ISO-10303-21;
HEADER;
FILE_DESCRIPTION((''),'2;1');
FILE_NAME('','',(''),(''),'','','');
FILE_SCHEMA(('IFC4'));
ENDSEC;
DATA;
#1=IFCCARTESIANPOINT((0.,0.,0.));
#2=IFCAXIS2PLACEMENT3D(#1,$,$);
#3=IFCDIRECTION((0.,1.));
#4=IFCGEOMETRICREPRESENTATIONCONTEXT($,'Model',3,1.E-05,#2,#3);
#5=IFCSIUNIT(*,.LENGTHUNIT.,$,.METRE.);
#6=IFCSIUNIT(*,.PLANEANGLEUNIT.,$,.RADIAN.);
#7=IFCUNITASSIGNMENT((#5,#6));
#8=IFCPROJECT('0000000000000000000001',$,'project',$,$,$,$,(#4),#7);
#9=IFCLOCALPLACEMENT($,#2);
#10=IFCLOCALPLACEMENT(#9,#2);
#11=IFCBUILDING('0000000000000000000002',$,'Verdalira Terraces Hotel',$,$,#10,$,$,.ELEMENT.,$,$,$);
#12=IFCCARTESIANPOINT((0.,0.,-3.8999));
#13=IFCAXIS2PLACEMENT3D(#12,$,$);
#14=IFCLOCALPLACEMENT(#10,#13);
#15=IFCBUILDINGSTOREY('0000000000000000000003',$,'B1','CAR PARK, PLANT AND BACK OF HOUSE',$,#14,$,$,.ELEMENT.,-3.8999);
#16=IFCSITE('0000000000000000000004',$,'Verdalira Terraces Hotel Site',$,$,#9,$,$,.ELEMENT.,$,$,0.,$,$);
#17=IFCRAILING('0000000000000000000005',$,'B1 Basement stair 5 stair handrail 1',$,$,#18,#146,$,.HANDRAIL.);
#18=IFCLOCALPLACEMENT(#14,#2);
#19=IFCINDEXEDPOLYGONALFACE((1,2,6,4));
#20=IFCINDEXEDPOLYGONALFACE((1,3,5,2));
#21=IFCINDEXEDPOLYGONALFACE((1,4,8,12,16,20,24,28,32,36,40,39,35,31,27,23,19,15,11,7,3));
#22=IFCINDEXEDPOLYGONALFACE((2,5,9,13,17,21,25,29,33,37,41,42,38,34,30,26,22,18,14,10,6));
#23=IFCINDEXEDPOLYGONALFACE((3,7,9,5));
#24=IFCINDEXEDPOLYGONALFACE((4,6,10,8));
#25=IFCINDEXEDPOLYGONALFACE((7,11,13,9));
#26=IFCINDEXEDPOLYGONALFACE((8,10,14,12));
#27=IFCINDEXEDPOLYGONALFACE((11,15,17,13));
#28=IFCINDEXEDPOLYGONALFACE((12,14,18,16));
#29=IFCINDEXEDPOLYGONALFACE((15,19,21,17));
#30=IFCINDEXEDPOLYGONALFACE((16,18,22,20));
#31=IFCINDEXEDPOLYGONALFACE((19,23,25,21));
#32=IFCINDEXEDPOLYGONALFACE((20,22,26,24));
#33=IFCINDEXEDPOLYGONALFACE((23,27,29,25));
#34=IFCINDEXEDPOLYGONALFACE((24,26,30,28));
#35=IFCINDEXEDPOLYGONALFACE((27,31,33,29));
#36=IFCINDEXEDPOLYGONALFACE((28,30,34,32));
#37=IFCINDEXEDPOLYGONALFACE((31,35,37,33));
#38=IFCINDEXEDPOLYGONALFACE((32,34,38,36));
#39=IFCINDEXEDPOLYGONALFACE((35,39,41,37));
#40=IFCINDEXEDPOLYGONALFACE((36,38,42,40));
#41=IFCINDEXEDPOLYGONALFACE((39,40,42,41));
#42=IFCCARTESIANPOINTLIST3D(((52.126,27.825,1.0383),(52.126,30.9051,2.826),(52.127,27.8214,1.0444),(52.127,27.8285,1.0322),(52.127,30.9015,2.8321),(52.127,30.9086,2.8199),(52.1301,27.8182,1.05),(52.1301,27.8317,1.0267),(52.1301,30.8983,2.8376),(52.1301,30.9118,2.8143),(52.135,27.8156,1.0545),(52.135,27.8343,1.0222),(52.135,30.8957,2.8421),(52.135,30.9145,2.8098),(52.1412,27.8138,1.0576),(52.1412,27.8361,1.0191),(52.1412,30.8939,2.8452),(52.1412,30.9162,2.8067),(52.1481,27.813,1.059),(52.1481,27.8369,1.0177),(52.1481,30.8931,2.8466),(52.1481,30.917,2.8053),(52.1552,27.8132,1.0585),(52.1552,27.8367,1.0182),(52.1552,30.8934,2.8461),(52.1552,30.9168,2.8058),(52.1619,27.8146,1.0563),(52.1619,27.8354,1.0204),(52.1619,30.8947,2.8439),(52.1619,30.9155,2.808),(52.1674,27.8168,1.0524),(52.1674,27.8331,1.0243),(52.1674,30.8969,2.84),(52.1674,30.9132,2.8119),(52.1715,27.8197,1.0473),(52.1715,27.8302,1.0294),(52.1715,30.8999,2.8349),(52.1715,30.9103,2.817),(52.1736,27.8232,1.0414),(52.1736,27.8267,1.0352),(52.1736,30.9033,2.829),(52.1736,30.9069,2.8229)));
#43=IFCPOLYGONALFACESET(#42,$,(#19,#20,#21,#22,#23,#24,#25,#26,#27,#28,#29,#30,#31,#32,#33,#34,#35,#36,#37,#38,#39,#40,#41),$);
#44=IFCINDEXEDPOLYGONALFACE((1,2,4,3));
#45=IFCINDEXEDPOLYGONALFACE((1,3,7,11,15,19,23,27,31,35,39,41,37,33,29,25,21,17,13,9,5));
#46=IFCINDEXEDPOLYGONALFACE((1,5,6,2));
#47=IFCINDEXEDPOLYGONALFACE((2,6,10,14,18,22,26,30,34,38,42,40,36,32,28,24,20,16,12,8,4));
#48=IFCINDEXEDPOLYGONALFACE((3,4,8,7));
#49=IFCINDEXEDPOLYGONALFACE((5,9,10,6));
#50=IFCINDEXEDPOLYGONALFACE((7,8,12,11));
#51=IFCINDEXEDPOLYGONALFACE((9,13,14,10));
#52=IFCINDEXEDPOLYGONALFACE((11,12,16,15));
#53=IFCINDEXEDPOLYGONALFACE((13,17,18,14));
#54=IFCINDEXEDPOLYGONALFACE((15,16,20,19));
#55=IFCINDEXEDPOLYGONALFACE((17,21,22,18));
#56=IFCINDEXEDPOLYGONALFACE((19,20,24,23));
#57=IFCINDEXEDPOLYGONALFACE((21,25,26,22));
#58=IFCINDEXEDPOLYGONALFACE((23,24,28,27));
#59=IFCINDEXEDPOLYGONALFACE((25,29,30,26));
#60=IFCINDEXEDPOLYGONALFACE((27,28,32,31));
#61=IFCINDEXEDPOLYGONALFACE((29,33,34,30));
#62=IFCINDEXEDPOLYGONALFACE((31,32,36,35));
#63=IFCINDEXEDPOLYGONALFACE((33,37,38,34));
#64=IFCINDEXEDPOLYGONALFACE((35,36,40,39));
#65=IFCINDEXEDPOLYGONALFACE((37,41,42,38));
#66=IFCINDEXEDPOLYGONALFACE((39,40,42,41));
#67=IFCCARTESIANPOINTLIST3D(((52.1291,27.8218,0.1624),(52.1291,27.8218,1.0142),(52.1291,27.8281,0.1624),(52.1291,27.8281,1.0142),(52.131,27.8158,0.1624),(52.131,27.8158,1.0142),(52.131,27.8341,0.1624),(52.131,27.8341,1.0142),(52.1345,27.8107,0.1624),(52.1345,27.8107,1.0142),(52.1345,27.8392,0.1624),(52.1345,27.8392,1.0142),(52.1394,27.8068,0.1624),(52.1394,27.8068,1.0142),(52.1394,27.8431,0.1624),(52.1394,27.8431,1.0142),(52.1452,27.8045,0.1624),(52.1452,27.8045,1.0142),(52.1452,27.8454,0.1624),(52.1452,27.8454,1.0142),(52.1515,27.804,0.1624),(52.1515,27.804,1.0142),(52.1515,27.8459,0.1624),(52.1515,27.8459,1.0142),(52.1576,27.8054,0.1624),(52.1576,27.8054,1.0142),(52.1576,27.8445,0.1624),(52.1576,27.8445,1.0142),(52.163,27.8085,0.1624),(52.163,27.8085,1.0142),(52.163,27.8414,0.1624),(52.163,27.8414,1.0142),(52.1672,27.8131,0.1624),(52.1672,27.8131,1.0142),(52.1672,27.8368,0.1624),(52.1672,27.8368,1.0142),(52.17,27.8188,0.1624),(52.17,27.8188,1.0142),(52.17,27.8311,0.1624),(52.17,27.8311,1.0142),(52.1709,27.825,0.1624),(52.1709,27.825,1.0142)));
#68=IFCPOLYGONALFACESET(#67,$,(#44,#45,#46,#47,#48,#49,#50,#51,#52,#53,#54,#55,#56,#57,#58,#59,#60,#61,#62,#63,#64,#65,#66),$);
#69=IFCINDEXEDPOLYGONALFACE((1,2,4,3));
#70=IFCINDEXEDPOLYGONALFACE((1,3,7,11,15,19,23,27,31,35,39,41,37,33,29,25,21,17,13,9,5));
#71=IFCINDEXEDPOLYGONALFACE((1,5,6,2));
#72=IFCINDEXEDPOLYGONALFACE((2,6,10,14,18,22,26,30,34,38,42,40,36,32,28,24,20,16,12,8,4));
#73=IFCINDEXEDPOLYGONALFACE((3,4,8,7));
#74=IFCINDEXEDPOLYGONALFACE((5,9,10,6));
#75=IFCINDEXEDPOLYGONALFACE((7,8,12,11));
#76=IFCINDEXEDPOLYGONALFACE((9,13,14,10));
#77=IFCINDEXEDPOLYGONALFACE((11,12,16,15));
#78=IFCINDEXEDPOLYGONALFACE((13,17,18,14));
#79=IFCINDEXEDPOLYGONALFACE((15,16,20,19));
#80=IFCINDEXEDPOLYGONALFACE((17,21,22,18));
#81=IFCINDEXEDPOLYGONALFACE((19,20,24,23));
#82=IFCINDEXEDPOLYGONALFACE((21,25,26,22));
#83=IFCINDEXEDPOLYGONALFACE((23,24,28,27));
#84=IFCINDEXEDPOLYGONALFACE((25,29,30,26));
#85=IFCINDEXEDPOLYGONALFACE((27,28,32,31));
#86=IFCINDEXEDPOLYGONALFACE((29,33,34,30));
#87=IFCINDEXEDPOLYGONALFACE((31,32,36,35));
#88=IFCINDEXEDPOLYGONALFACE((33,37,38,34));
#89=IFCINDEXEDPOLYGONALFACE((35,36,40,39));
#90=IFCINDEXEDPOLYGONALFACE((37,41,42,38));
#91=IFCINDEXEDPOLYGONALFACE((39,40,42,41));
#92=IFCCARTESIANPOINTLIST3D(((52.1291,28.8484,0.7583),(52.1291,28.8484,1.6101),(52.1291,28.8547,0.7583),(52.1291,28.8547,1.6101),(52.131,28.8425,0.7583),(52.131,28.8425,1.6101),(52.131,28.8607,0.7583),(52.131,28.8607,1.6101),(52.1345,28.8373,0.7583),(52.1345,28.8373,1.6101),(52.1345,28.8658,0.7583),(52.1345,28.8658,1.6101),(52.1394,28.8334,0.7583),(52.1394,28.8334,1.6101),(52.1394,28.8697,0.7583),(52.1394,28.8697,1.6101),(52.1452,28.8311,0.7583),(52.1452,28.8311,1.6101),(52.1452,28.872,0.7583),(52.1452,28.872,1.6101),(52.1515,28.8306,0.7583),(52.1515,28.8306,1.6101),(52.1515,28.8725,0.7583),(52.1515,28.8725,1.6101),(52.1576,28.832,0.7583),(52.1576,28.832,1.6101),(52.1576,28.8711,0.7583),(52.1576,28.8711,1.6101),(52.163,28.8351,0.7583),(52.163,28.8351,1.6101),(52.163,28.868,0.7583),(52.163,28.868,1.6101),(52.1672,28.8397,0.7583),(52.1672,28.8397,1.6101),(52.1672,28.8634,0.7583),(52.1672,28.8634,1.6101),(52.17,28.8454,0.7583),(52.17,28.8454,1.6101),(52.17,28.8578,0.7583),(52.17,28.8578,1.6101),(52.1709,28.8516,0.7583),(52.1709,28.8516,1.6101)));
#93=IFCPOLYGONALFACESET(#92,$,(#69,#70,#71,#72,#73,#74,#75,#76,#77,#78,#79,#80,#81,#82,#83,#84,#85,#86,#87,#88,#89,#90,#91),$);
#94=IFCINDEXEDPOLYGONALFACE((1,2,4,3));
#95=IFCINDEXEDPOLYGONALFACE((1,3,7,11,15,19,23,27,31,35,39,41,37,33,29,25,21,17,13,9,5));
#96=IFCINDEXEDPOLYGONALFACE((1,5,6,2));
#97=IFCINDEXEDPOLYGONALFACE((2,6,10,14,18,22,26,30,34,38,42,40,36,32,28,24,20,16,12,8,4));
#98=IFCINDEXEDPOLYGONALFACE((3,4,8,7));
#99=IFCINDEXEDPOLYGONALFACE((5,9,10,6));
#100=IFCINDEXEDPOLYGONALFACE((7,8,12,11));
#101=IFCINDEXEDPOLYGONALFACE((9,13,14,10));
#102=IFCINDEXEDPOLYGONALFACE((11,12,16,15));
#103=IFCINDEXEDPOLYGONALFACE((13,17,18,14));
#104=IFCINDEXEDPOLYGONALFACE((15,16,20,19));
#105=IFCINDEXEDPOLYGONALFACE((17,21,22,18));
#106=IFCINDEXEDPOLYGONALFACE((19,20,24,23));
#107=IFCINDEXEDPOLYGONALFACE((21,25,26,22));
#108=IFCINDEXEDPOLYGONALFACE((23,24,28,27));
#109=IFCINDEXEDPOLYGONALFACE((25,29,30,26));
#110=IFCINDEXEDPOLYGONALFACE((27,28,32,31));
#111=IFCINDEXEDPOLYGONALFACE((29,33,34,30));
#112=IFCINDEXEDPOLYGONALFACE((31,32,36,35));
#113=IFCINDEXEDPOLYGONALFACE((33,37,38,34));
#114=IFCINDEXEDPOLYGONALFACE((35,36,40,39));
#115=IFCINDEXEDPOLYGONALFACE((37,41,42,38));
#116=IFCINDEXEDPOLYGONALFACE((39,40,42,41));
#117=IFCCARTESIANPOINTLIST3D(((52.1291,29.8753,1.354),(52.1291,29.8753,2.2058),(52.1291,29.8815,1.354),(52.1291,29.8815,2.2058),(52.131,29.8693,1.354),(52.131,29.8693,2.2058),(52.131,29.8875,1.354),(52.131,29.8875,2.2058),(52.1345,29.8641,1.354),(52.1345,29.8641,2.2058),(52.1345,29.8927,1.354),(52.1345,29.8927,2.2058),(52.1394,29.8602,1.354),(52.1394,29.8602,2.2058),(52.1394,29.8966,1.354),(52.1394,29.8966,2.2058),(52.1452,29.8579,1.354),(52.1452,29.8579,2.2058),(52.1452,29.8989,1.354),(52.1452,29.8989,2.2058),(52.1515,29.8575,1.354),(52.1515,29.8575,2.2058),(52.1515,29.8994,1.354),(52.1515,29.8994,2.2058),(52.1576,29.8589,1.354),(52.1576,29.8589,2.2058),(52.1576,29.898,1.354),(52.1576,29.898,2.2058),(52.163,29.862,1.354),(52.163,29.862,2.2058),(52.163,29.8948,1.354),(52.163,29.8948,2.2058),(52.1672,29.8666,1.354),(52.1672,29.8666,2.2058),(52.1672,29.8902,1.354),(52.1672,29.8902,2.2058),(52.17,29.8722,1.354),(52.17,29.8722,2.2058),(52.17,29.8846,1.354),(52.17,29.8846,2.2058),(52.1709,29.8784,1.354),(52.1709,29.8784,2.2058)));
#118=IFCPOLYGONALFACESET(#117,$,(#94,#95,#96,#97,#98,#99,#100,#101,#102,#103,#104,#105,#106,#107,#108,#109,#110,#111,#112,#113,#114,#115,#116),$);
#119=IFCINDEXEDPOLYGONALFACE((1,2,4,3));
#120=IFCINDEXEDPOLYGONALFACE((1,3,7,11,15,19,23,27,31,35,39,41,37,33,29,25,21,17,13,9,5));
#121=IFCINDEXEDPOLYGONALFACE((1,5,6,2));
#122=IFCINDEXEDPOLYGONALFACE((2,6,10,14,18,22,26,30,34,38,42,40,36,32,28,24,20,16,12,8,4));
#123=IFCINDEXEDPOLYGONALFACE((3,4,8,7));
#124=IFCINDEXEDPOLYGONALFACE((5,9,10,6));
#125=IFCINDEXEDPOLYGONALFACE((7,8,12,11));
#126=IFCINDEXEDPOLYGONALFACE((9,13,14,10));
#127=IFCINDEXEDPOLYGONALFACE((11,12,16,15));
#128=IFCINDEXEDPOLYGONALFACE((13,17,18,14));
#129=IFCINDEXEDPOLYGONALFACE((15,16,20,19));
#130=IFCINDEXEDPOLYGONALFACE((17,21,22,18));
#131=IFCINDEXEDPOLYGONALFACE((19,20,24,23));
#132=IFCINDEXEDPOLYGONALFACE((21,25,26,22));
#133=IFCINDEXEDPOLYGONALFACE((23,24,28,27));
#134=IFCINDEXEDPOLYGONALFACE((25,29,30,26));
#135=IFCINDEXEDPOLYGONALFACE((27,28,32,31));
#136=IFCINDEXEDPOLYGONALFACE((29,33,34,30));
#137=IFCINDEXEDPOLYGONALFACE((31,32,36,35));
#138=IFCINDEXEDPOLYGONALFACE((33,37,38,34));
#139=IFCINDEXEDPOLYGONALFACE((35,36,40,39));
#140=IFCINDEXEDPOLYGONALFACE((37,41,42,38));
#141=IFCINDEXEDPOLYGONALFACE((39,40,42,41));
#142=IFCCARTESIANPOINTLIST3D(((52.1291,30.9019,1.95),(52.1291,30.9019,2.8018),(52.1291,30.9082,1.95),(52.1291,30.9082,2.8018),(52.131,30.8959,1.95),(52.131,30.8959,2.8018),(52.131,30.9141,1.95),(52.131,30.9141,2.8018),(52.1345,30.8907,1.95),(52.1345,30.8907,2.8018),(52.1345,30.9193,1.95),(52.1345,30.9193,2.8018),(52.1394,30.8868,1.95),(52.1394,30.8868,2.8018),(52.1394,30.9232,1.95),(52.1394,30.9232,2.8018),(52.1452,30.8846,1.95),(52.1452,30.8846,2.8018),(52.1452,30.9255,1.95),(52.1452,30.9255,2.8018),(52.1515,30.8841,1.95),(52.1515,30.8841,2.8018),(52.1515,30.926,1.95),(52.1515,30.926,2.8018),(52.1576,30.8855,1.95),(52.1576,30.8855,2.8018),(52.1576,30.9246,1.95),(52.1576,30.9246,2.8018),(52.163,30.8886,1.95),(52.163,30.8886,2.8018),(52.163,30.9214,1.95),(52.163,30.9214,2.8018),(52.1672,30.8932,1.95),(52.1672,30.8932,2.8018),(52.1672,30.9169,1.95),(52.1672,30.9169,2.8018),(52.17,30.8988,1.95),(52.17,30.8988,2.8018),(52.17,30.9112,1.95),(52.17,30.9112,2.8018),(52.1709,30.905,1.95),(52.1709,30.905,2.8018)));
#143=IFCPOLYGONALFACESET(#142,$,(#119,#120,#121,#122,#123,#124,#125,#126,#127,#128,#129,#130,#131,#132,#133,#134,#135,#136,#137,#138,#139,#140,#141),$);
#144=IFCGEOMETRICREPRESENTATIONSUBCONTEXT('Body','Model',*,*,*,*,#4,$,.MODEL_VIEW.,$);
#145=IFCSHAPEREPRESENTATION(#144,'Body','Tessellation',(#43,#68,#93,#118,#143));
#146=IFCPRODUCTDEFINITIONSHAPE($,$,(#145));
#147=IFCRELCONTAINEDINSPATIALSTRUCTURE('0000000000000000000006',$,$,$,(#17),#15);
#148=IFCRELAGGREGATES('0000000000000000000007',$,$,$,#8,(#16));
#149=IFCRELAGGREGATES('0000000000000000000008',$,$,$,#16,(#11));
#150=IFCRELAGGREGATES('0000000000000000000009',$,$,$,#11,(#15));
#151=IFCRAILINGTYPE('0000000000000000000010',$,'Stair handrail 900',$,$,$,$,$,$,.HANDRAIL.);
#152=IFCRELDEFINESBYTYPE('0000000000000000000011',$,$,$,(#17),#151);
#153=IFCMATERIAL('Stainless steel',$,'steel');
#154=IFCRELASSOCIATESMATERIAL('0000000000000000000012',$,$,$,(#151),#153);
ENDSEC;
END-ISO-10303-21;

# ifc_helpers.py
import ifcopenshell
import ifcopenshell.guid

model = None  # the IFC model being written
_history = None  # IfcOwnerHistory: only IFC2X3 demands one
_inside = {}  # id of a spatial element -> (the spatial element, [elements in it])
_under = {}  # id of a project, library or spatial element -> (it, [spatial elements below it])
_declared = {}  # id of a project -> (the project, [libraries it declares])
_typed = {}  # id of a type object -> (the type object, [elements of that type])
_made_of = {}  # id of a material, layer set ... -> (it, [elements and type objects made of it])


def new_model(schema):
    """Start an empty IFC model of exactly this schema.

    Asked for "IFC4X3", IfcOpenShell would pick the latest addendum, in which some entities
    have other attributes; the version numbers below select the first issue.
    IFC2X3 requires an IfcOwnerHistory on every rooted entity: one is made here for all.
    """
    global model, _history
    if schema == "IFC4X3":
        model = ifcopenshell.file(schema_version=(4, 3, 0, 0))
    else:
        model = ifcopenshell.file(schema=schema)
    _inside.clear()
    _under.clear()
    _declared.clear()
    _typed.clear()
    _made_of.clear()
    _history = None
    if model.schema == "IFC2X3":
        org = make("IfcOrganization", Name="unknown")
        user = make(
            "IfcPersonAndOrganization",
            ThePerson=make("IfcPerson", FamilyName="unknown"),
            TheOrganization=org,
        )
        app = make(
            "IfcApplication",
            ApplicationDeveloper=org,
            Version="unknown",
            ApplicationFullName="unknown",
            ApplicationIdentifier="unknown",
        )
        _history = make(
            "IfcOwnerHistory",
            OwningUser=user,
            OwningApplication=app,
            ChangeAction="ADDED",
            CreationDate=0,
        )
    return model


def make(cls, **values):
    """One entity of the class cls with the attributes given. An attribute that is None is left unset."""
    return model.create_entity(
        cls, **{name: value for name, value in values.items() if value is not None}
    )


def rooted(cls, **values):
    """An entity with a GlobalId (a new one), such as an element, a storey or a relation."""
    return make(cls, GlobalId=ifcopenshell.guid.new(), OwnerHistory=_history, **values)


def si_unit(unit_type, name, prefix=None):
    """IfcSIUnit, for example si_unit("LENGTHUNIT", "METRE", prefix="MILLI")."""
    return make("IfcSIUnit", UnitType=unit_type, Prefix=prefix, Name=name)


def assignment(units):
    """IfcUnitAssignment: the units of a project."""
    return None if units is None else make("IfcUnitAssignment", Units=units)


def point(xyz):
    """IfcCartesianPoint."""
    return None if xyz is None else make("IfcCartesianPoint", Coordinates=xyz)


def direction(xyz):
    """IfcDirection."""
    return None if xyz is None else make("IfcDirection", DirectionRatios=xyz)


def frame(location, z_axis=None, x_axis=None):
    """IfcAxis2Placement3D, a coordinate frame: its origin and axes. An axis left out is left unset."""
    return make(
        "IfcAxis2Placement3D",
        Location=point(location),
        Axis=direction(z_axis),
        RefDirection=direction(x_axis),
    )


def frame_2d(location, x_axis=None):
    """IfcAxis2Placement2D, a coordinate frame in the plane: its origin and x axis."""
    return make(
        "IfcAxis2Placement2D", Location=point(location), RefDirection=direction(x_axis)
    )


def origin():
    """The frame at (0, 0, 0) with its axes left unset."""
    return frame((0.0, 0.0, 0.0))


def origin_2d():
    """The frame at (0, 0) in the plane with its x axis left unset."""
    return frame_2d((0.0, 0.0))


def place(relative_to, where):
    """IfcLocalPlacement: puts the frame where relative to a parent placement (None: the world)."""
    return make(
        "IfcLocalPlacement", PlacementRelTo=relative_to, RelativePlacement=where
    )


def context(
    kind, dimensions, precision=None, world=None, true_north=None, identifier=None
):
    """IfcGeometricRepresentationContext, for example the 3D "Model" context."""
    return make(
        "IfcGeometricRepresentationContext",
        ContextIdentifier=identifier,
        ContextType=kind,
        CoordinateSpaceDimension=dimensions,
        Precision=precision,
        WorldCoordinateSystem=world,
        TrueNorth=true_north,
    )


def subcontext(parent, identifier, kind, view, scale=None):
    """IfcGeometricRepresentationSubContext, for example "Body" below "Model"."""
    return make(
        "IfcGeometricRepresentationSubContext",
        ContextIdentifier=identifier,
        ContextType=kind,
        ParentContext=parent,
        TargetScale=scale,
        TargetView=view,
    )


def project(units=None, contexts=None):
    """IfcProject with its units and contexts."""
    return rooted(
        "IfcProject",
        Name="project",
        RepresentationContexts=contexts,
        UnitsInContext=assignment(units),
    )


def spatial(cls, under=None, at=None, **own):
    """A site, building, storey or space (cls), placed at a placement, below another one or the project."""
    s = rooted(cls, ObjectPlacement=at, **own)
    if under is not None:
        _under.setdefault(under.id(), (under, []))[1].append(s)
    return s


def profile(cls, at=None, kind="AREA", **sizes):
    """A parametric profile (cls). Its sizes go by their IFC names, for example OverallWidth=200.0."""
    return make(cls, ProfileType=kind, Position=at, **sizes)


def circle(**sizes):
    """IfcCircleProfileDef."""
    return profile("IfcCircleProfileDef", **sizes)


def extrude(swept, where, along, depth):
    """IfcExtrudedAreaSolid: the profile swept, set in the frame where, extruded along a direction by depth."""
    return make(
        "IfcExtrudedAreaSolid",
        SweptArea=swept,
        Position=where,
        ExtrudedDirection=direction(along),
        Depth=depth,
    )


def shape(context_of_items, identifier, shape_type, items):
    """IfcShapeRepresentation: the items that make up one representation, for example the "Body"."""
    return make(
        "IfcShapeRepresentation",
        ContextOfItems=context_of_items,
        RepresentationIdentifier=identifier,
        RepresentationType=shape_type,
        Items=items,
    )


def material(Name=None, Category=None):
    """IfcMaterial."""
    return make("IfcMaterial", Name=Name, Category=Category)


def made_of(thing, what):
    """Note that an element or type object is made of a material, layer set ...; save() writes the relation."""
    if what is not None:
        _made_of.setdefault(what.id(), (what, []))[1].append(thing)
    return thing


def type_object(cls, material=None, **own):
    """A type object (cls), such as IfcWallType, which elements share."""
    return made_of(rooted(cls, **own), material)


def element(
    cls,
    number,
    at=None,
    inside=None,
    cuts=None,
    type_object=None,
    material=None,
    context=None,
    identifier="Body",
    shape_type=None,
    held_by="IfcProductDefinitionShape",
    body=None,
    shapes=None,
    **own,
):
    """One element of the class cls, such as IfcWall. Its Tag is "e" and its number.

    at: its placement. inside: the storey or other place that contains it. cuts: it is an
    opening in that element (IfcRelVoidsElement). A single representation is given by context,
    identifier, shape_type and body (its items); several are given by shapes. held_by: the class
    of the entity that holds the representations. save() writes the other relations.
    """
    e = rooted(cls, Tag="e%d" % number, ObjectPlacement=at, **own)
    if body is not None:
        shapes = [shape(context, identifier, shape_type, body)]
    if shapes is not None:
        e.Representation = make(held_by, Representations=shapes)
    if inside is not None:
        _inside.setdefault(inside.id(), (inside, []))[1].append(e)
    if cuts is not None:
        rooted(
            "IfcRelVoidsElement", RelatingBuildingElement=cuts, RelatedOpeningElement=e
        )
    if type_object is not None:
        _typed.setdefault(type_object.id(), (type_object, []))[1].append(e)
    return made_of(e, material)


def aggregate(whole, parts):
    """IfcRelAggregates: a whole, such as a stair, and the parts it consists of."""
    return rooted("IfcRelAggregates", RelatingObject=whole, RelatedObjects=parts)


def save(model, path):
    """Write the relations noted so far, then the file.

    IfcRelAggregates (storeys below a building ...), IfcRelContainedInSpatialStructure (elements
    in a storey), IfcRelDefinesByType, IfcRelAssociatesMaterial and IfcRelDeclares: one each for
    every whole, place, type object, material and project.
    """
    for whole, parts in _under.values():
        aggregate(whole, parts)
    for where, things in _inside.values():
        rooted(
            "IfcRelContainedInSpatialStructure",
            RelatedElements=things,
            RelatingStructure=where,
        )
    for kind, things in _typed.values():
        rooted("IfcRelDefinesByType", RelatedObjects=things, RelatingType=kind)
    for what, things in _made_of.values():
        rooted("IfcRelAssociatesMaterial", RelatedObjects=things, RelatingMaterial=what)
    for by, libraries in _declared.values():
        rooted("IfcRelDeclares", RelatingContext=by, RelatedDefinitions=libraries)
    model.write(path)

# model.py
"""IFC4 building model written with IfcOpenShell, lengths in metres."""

from ifc_helpers import new_model, si_unit, direction, frame, origin, origin_2d, place, context, subcontext, project, spatial, circle, extrude, material, type_object, element, save


model = new_model("IFC4")

# Units and contexts
model_context = context("Model", 3, precision=1e-05, world=origin(), true_north=direction((0.0, 1.0)))
body_context = subcontext(model_context, "Body", "Model", "MODEL_VIEW")
ifc_project = project(units=[si_unit("LENGTHUNIT", "METRE"), si_unit("PLANEANGLEUNIT", "RADIAN")], contexts=[model_context])

# Site, building, storey
site_placement = place(None, origin())
site = spatial("IfcSite", under=ifc_project, at=site_placement, Name="Verdalira Terraces Hotel Site", CompositionType="ELEMENT", RefElevation=0.0)
building_placement = place(site_placement, origin())
building = spatial("IfcBuilding", under=site, at=building_placement, Name="Verdalira Terraces Hotel", CompositionType="ELEMENT")
storey_placement = place(building_placement, frame((0.0, 0.0, -3.8999)))
storey = spatial("IfcBuildingStorey", under=building, at=storey_placement, Name="B1", Description="CAR PARK, PLANT AND BACK OF HOUSE", CompositionType="ELEMENT", Elevation=-3.8999)

# Railing
ifc_material_1 = material(Name="Stainless steel", Category="steel")
railing_type_1 = type_object("IfcRailingType", Name="Stair handrail 900", PredefinedType="HANDRAIL", material=ifc_material_1)
railing_1_placement = place(storey_placement, frame((52.1499, 27.825, 0.1624)))
element("IfcRailing", 1, at=railing_1_placement, inside=storey, type_object=railing_type_1, Name="B1 Basement stair 5 stair handrail 1", PredefinedType="HANDRAIL", context=body_context, shape_type="SweptSolid", body=[
    extrude(circle(Radius=0.0239, at=origin_2d()), frame((0.0, 0.0, 0.876), z_axis=(0.0, 0.864891, 0.50196), x_axis=(-1.0, 0.0, 0.0)), (0.0, 0.0, 1.0), 3.5613),
    extrude(circle(Radius=0.021, at=origin_2d()), origin(), (0.0, 0.0, 1.0), 0.8518),
    extrude(circle(Radius=0.021, at=origin_2d()), frame((0.0, 1.0266, 0.5959)), (0.0, 0.0, 1.0), 0.8518),
    extrude(circle(Radius=0.021, at=origin_2d()), frame((0.0, 2.0535, 1.1917)), (0.0, 0.0, 1.0), 0.8518),
    extrude(circle(Radius=0.021, at=origin_2d()), frame((0.0, 3.0801, 1.7876)), (0.0, 0.0, 1.0), 0.8518),
])

save(model, "model.ifc")
